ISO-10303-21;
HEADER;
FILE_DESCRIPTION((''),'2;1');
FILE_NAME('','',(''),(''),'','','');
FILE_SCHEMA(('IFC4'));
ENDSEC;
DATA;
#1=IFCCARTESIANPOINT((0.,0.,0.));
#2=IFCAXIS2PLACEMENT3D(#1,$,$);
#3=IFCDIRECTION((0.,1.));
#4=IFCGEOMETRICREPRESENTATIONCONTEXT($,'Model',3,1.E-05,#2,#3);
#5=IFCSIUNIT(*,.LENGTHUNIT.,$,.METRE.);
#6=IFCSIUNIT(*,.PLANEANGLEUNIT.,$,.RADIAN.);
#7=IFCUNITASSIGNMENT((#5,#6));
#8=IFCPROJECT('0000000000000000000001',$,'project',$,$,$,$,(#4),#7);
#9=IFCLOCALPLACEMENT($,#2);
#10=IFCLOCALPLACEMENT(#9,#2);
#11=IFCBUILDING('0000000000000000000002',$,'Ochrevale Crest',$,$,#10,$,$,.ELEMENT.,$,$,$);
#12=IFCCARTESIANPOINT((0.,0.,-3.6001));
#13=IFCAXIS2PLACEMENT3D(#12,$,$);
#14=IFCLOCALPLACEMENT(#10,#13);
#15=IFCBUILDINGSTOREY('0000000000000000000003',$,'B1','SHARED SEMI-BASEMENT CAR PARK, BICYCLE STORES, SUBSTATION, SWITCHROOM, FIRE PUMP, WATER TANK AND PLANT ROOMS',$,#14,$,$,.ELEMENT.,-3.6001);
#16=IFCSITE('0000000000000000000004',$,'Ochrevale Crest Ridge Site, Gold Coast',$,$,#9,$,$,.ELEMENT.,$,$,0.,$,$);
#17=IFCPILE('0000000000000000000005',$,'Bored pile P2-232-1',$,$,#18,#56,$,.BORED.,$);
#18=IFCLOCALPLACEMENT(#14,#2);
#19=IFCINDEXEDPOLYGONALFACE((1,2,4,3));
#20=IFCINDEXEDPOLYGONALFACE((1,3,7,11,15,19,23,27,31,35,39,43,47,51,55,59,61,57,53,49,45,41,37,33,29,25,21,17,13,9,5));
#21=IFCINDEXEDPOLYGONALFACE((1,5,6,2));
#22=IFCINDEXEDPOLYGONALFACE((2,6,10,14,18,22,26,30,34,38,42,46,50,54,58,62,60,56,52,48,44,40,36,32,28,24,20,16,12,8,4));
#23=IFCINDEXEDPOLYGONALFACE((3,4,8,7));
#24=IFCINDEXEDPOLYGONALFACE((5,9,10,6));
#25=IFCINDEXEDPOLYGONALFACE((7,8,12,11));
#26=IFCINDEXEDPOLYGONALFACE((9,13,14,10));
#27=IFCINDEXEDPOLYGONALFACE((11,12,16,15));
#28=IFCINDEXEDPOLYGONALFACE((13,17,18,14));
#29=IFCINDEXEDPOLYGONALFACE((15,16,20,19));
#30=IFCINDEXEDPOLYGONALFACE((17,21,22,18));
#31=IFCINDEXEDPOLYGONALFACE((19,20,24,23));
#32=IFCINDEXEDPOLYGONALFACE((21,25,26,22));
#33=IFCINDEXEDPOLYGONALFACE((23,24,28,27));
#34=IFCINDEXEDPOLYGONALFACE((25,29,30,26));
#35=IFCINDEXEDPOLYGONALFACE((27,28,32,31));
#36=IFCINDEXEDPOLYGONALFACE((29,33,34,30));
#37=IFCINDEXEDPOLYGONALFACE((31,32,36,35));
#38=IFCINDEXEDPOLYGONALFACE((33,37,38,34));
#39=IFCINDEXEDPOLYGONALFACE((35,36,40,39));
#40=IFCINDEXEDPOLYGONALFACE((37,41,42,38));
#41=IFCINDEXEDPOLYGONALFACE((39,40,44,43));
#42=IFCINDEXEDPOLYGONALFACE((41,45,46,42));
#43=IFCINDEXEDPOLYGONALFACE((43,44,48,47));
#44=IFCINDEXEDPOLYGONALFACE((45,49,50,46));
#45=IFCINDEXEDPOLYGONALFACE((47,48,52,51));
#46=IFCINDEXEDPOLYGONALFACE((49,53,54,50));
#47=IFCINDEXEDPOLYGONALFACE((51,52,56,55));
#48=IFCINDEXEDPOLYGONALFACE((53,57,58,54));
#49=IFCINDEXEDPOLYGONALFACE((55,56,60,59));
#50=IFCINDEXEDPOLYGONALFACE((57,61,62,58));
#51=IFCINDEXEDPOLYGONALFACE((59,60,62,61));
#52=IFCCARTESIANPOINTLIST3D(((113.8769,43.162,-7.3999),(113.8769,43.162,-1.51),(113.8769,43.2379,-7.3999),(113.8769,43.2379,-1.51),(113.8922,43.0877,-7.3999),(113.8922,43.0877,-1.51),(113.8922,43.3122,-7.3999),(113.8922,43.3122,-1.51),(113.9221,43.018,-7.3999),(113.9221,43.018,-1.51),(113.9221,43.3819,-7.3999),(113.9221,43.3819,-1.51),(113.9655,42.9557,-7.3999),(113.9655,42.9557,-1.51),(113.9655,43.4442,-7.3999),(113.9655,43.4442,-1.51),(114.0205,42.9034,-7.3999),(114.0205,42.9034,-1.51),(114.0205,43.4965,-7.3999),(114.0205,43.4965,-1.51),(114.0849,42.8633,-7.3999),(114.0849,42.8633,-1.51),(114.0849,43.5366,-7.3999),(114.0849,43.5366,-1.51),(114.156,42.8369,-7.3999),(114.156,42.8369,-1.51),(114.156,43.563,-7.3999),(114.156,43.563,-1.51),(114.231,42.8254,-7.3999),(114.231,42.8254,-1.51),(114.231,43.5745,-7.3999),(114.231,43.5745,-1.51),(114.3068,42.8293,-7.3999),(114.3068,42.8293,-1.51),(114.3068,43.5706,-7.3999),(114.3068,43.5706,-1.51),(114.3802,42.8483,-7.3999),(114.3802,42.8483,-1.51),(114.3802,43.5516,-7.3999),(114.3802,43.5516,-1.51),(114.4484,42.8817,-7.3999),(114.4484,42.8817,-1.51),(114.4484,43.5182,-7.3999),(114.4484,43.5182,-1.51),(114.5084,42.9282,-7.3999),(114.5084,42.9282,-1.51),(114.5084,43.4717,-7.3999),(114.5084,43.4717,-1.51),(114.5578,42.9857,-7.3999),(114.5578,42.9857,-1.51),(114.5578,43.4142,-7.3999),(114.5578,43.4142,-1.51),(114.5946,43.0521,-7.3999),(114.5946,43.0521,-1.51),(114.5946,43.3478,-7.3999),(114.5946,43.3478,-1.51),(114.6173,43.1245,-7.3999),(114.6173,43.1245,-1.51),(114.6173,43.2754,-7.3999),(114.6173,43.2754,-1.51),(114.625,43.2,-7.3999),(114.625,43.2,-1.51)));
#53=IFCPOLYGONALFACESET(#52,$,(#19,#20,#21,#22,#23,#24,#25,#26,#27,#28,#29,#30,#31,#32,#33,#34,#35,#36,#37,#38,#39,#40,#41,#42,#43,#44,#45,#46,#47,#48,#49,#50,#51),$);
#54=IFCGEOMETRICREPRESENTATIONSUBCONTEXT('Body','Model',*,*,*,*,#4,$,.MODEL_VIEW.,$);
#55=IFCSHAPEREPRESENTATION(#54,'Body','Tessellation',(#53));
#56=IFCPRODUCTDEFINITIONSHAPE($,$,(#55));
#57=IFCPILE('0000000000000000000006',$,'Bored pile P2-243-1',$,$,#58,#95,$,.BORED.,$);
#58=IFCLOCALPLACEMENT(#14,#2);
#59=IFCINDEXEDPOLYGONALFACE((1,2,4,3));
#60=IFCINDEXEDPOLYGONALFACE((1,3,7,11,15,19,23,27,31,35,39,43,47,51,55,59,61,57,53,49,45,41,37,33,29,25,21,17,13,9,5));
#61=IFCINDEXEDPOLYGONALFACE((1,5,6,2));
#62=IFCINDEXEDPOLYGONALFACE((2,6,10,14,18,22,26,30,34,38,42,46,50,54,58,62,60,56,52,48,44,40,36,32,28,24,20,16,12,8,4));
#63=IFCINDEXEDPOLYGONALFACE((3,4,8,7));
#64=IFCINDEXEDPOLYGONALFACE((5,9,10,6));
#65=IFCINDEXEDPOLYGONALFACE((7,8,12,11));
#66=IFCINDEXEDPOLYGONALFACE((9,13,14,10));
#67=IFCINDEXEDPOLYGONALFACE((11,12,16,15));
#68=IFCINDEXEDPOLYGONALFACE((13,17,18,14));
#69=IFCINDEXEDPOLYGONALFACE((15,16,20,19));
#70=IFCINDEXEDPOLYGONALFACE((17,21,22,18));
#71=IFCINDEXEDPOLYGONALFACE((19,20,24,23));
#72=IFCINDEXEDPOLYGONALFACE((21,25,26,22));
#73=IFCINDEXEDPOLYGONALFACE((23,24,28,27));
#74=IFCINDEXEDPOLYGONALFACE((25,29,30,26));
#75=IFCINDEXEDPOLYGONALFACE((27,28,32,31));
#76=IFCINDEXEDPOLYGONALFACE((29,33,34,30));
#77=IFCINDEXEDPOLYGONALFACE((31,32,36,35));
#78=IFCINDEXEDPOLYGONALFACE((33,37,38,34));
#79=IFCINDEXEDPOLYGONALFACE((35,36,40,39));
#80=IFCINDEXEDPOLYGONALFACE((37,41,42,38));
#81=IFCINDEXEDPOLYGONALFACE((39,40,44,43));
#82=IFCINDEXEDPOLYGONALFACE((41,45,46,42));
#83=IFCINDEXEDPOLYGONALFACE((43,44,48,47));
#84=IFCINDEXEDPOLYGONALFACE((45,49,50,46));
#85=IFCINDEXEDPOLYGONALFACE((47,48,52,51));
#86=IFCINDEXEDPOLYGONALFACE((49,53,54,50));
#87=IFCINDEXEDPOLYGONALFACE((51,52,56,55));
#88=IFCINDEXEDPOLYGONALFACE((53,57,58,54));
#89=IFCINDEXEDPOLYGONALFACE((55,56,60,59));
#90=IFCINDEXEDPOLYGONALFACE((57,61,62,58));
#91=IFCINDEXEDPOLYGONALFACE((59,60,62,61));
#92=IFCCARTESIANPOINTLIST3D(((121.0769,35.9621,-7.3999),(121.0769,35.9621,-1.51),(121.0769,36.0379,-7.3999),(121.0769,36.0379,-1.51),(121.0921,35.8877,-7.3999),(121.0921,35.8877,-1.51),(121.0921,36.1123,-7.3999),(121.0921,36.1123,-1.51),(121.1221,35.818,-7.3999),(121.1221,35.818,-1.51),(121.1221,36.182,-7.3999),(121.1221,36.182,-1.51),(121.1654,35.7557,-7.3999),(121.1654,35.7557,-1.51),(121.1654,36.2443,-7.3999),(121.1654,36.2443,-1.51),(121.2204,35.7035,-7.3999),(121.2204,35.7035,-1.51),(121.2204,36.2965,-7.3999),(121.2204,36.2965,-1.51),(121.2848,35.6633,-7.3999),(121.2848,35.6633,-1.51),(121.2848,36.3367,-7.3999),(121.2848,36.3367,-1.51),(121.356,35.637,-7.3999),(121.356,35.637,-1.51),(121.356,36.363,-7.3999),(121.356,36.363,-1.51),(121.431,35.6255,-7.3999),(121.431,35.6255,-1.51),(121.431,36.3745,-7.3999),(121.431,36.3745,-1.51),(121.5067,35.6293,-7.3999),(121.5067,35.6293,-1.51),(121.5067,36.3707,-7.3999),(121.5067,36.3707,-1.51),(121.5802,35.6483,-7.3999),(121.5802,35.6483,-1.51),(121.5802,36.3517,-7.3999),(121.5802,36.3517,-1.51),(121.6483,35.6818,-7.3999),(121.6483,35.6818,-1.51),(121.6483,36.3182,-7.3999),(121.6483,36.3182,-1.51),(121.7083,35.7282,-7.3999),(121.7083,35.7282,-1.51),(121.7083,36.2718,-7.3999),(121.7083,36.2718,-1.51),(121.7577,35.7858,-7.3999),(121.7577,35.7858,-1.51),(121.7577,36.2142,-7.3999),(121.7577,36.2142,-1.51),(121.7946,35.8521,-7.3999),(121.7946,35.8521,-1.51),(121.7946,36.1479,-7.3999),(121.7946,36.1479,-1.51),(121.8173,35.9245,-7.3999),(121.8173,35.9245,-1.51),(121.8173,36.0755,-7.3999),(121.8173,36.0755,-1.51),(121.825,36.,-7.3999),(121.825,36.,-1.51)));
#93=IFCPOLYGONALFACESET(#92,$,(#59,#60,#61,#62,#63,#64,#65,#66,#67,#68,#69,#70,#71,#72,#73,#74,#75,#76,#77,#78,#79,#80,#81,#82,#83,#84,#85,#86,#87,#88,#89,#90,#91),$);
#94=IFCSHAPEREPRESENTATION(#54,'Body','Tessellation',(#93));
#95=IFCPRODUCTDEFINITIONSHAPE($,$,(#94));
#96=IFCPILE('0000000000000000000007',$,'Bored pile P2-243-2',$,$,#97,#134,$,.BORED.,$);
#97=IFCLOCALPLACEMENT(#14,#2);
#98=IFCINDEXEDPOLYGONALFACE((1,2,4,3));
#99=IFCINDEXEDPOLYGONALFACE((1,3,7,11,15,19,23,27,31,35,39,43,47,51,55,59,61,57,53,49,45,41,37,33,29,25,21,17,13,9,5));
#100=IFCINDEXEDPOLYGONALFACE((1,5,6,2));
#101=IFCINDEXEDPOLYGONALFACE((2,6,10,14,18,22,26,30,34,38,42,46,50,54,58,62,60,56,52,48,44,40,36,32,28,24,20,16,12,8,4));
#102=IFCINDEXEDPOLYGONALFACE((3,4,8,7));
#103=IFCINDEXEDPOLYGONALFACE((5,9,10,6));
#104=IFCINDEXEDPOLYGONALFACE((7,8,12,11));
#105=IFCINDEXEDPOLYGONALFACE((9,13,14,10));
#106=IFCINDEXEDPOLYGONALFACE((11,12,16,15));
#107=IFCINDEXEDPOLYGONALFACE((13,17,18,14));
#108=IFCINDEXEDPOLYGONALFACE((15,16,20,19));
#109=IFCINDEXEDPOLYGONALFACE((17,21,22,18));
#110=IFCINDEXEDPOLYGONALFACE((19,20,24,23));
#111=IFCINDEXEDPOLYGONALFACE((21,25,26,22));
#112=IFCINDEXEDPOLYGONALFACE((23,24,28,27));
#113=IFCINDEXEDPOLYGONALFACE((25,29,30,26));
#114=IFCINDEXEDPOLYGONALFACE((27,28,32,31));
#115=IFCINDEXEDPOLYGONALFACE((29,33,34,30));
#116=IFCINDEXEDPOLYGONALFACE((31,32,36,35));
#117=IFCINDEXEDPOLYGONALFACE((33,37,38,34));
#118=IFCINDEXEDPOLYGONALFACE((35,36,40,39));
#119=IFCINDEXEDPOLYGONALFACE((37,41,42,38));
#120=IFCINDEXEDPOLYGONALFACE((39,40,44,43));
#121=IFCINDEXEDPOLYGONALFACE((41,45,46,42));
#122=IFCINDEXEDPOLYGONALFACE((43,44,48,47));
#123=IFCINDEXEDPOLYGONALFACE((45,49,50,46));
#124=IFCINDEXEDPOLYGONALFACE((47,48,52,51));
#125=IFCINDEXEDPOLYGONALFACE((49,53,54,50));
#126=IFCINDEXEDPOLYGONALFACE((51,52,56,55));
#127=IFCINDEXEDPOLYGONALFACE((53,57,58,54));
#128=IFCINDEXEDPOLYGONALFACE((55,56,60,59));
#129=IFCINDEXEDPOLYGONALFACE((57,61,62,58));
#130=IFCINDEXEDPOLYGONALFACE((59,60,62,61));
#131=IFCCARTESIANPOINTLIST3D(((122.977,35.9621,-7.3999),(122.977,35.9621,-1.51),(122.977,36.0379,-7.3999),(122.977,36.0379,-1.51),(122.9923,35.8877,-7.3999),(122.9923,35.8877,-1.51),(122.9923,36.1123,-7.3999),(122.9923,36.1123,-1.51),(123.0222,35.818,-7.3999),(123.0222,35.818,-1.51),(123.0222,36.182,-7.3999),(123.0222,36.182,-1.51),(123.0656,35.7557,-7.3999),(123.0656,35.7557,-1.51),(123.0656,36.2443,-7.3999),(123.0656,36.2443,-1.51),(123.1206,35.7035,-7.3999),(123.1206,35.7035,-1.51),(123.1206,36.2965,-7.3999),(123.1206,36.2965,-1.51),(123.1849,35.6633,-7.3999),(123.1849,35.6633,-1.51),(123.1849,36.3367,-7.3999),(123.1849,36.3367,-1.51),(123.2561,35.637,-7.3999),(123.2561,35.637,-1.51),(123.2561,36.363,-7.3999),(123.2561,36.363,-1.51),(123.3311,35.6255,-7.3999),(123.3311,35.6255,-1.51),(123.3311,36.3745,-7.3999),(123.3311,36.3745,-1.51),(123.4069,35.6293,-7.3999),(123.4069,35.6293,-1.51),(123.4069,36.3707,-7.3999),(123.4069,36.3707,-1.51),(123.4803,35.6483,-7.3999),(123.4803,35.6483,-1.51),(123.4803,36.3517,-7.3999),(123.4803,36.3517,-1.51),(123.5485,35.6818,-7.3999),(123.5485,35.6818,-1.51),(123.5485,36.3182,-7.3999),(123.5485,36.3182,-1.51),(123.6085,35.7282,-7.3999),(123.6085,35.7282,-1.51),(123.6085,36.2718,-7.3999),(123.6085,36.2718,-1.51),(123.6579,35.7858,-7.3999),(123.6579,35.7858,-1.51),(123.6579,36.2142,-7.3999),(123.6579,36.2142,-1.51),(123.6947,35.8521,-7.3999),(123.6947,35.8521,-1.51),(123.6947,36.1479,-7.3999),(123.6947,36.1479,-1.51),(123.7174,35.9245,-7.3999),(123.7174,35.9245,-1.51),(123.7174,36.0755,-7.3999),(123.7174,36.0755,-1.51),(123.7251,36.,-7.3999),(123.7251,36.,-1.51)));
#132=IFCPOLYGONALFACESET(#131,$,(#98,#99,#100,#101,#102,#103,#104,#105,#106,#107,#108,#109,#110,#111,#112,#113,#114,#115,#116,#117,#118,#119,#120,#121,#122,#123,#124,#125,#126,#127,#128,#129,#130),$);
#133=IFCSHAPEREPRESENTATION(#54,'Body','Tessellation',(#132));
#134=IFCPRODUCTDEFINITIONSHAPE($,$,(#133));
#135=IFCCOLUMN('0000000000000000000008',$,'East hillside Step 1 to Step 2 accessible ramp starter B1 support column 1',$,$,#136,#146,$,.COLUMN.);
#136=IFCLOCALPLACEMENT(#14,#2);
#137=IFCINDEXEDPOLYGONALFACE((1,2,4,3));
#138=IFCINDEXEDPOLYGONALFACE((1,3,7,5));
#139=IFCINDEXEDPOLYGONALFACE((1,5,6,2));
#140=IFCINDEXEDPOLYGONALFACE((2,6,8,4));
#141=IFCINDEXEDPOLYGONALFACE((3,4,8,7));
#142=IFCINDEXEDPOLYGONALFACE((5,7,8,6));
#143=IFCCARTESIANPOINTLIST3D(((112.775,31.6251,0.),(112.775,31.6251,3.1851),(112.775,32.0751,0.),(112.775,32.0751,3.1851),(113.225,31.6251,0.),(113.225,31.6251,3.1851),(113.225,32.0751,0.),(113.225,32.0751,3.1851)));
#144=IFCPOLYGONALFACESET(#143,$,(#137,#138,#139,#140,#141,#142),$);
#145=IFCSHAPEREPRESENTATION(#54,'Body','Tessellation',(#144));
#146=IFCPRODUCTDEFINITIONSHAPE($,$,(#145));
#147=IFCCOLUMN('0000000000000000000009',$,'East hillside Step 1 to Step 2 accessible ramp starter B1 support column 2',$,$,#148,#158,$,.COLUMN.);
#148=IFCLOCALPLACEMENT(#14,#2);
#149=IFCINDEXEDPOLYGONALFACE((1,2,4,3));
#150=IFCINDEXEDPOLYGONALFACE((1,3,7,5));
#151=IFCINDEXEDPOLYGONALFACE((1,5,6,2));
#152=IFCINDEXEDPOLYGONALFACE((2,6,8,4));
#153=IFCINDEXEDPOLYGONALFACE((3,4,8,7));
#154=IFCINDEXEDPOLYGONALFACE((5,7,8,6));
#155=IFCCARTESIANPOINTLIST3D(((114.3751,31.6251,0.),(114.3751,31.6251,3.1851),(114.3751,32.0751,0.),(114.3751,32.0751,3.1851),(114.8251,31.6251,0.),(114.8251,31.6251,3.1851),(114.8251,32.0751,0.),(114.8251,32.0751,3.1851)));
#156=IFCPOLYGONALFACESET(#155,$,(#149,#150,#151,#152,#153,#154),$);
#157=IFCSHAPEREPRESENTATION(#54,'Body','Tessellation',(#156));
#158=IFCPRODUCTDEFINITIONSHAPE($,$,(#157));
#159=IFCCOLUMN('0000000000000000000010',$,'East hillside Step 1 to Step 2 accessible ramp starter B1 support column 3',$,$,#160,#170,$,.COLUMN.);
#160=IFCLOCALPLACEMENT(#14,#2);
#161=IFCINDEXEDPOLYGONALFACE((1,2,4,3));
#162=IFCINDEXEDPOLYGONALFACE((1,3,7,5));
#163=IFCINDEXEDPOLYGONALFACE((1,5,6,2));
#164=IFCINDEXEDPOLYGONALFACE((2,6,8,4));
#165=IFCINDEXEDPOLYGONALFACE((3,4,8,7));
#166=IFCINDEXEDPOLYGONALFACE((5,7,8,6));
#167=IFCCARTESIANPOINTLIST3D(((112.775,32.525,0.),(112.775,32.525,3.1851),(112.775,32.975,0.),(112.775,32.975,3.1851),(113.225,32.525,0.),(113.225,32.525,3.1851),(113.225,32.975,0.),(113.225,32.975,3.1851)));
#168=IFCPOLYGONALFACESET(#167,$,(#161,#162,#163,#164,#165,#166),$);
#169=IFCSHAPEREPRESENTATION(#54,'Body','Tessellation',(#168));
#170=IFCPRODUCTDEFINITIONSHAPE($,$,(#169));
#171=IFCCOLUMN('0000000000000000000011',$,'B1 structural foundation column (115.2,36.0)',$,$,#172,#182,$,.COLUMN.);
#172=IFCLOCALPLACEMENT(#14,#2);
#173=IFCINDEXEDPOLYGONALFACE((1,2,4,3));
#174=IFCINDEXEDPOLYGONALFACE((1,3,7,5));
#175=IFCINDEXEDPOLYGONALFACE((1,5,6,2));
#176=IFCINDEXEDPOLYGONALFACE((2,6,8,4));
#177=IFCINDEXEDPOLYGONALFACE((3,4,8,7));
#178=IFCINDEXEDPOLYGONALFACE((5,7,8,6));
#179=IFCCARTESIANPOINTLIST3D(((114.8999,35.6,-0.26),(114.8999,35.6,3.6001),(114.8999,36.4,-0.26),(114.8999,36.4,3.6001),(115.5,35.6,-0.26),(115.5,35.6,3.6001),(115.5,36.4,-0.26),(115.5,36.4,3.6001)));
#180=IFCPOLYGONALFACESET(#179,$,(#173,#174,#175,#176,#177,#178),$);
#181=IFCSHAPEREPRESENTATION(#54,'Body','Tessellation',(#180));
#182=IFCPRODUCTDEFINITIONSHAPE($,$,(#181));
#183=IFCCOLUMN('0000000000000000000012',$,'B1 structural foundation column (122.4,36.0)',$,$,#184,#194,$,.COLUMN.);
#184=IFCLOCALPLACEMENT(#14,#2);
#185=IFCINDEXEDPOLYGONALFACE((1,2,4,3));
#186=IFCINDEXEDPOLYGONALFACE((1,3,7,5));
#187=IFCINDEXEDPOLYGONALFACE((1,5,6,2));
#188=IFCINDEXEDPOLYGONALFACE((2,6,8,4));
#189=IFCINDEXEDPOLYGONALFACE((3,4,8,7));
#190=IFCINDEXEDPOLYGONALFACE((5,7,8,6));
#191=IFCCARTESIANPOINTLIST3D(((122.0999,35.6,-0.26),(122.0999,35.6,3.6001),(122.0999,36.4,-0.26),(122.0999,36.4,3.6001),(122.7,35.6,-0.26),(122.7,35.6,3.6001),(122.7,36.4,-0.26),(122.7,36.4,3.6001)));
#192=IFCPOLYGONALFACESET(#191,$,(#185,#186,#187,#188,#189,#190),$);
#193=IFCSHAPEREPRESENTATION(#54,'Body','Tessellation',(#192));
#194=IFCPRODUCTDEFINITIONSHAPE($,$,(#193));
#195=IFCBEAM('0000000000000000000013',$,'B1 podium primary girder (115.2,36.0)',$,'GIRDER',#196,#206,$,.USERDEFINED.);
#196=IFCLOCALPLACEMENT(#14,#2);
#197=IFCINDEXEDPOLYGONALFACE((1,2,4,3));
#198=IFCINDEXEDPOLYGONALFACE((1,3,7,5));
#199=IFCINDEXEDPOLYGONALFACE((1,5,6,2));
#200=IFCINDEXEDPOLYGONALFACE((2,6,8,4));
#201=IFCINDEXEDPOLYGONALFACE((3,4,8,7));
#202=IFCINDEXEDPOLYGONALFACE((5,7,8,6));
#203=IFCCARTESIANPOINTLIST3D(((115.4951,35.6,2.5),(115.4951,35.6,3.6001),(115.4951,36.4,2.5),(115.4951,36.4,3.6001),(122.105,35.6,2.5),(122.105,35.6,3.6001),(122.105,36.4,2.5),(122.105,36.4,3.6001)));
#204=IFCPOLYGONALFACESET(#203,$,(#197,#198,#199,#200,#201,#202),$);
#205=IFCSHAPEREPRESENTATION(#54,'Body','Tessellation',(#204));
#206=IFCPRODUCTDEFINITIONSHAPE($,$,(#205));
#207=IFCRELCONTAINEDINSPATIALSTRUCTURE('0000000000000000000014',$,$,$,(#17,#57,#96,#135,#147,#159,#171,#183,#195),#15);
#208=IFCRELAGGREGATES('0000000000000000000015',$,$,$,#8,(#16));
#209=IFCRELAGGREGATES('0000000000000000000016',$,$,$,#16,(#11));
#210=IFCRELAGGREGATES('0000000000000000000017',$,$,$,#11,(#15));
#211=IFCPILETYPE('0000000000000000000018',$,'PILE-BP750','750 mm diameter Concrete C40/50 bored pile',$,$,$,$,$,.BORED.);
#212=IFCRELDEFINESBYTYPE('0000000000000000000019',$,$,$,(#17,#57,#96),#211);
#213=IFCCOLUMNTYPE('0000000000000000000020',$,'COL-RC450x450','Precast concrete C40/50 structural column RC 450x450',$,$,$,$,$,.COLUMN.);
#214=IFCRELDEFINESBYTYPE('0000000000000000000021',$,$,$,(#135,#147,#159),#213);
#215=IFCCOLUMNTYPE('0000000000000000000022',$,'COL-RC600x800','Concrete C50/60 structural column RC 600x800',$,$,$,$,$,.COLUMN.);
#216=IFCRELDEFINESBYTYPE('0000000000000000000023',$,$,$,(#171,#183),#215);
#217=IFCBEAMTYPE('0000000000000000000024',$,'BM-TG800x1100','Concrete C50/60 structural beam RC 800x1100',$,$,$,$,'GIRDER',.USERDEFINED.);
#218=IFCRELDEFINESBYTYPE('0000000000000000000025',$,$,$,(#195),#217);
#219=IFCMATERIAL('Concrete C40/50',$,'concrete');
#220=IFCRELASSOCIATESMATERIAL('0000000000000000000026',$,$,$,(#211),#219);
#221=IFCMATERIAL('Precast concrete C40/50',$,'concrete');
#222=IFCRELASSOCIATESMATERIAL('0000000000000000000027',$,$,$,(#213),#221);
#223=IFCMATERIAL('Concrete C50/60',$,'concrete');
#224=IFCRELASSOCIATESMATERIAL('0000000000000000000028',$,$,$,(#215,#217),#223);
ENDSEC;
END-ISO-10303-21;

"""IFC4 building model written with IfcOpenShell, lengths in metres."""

from ifc_helpers import new_model, si_unit, direction, frame, origin, origin_2d, place, context, subcontext, project, spatial, rectangle, circle, extrude, material, material_profile, profile_set, type_object, element, save


model = new_model("IFC4")

# Units and contexts
model_context = context("Model", 3, precision=1e-05, world=origin(), true_north=direction((0.0, 1.0)))
body_context = subcontext(model_context, "Body", "Model", "MODEL_VIEW")
ifc_project = project(units=[si_unit("LENGTHUNIT", "METRE"), si_unit("PLANEANGLEUNIT", "RADIAN")], contexts=[model_context])

# Site, building, storey
site_placement = place(None, origin())
site = spatial("IfcSite", under=ifc_project, at=site_placement, Name="Ochrevale Crest Ridge Site, Gold Coast", CompositionType="ELEMENT", RefElevation=0.0)
building_placement = place(site_placement, origin())
building = spatial("IfcBuilding", under=site, at=building_placement, Name="Ochrevale Crest", CompositionType="ELEMENT")
storey_placement = place(building_placement, frame((0.0, 0.0, -3.6001)))
storey = spatial("IfcBuildingStorey", under=building, at=storey_placement, Name="B1", Description="SHARED SEMI-BASEMENT CAR PARK, BICYCLE STORES, SUBSTATION, SWITCHROOM, FIRE PUMP, WATER TANK AND PLANT ROOMS", CompositionType="ELEMENT", Elevation=-3.6001)

# Shared definitions
ifc_material_1 = material(Name="Concrete C40/50", Category="concrete")

# Piles
ifc_material_profile_1 = material_profile(ifc_material_1, circle(Radius=0.375, at=origin_2d()), Name="BORED PILE 750")
ifc_profile_set_1 = profile_set([ifc_material_profile_1], Name="Concrete C40/50")
pile_type = type_object("IfcPileType", Name="PILE-BP750", Description="750 mm diameter Concrete C40/50 bored pile", PredefinedType="BORED", material=ifc_profile_set_1)
for number, where, z_axis, x_axis, name in (
    (1, (114.25, 43.2, -1.51), (0.0, 0.0, -1.0), (1.0, 0.0, 0.0), "Bored pile P2-232-1"),
    (2, (121.45, 36.0, -1.51), (0.0, 0.0, -1.0), (1.0, 0.0, 0.0), "Bored pile P2-243-1"),
    (3, (123.3501, 36.0, -1.51), (0.0, 0.0, -1.0), (1.0, 0.0, 0.0), "Bored pile P2-243-2"),
):
    element("IfcPile", number, at=place(storey_placement, frame(where, z_axis=z_axis, x_axis=x_axis)), inside=storey, type_object=pile_type, Name=name, PredefinedType="BORED", context=body_context, shape_type="SweptSolid", body=[
        extrude(circle(Radius=0.375, at=origin_2d()), origin(), (0.0, 0.0, 1.0), 5.8899),
    ])

# Columns
ifc_material_2 = material(Name="Precast concrete C40/50", Category="concrete")
ifc_material_profile_2 = material_profile(ifc_material_2, rectangle(XDim=0.45, YDim=0.45, at=origin_2d()), Name="RC 450x450")
ifc_profile_set_2 = profile_set([ifc_material_profile_2], Name="Precast concrete C40/50")
column_type_1 = type_object("IfcColumnType", Name="COL-RC450x450", Description="Precast concrete C40/50 structural column RC 450x450", PredefinedType="COLUMN", material=ifc_profile_set_2)
for number, where, z_axis, x_axis, name in (
    (4, (113.0, 31.8501, 0.0), (0.0, 0.0, 1.0), (1.0, 0.0, 0.0), "East hillside Step 1 to Step 2 accessible ramp starter B1 support column 1"),
    (5, (114.6001, 31.8501, 0.0), (0.0, 0.0, 1.0), (1.0, 0.0, 0.0), "East hillside Step 1 to Step 2 accessible ramp starter B1 support column 2"),
    (6, (113.0, 32.75, 0.0), (0.0, 0.0, 1.0), (1.0, 0.0, 0.0), "East hillside Step 1 to Step 2 accessible ramp starter B1 support column 3"),
):
    element("IfcColumn", number, at=place(storey_placement, frame(where, z_axis=z_axis, x_axis=x_axis)), inside=storey, type_object=column_type_1, Name=name, PredefinedType="COLUMN", context=body_context, shape_type="SweptSolid", body=[
        extrude(rectangle(XDim=0.45, YDim=0.45, at=origin_2d()), origin(), (0.0, 0.0, 1.0), 3.1851),
    ])
ifc_material_3 = material(Name="Concrete C50/60", Category="concrete")
ifc_material_profile_3 = material_profile(ifc_material_3, rectangle(XDim=0.6001, YDim=0.8, at=origin_2d()), Name="RC 600x800")
ifc_profile_set_3 = profile_set([ifc_material_profile_3], Name="Concrete C50/60")
column_type_2 = type_object("IfcColumnType", Name="COL-RC600x800", Description="Concrete C50/60 structural column RC 600x800", PredefinedType="COLUMN", material=ifc_profile_set_3)
for number, where, z_axis, x_axis, name in (
    (7, (115.2, 36.0, -0.26), (0.0, 0.0, 1.0), (1.0, 0.0, 0.0), "B1 structural foundation column (115.2,36.0)"),
    (8, (122.3999, 36.0, -0.26), (0.0, 0.0, 1.0), (1.0, 0.0, 0.0), "B1 structural foundation column (122.4,36.0)"),
):
    element("IfcColumn", number, at=place(storey_placement, frame(where, z_axis=z_axis, x_axis=x_axis)), inside=storey, type_object=column_type_2, Name=name, PredefinedType="COLUMN", context=body_context, shape_type="SweptSolid", body=[
        extrude(rectangle(XDim=0.6001, YDim=0.8, at=origin_2d()), origin(), (0.0, 0.0, 1.0), 3.8601),
    ])

# Beam
ifc_material_profile_4 = material_profile(ifc_material_3, rectangle(XDim=0.8, YDim=1.1001, at=origin_2d()), Name="RC 800x1100")
ifc_profile_set_4 = profile_set([ifc_material_profile_4], Name="Concrete C50/60")
beam_type_1 = type_object("IfcBeamType", Name="BM-TG800x1100", Description="Concrete C50/60 structural beam RC 800x1100", ElementType="GIRDER", PredefinedType="USERDEFINED", material=ifc_profile_set_4)
beam_placement = place(storey_placement, frame((115.4951, 36.0, 3.05), z_axis=(1.0, 0.0, 0.0), x_axis=(0.0, 1.0, 0.0)))
element("IfcBeam", 9, at=beam_placement, inside=storey, type_object=beam_type_1, Name="B1 podium primary girder (115.2,36.0)", ObjectType="GIRDER", PredefinedType="USERDEFINED", context=body_context, shape_type="SweptSolid", body=[
    extrude(rectangle(XDim=0.8, YDim=1.1001, at=origin_2d()), origin(), (0.0, 0.0, 1.0), 6.6099),
])

save(model, "model.ifc")
